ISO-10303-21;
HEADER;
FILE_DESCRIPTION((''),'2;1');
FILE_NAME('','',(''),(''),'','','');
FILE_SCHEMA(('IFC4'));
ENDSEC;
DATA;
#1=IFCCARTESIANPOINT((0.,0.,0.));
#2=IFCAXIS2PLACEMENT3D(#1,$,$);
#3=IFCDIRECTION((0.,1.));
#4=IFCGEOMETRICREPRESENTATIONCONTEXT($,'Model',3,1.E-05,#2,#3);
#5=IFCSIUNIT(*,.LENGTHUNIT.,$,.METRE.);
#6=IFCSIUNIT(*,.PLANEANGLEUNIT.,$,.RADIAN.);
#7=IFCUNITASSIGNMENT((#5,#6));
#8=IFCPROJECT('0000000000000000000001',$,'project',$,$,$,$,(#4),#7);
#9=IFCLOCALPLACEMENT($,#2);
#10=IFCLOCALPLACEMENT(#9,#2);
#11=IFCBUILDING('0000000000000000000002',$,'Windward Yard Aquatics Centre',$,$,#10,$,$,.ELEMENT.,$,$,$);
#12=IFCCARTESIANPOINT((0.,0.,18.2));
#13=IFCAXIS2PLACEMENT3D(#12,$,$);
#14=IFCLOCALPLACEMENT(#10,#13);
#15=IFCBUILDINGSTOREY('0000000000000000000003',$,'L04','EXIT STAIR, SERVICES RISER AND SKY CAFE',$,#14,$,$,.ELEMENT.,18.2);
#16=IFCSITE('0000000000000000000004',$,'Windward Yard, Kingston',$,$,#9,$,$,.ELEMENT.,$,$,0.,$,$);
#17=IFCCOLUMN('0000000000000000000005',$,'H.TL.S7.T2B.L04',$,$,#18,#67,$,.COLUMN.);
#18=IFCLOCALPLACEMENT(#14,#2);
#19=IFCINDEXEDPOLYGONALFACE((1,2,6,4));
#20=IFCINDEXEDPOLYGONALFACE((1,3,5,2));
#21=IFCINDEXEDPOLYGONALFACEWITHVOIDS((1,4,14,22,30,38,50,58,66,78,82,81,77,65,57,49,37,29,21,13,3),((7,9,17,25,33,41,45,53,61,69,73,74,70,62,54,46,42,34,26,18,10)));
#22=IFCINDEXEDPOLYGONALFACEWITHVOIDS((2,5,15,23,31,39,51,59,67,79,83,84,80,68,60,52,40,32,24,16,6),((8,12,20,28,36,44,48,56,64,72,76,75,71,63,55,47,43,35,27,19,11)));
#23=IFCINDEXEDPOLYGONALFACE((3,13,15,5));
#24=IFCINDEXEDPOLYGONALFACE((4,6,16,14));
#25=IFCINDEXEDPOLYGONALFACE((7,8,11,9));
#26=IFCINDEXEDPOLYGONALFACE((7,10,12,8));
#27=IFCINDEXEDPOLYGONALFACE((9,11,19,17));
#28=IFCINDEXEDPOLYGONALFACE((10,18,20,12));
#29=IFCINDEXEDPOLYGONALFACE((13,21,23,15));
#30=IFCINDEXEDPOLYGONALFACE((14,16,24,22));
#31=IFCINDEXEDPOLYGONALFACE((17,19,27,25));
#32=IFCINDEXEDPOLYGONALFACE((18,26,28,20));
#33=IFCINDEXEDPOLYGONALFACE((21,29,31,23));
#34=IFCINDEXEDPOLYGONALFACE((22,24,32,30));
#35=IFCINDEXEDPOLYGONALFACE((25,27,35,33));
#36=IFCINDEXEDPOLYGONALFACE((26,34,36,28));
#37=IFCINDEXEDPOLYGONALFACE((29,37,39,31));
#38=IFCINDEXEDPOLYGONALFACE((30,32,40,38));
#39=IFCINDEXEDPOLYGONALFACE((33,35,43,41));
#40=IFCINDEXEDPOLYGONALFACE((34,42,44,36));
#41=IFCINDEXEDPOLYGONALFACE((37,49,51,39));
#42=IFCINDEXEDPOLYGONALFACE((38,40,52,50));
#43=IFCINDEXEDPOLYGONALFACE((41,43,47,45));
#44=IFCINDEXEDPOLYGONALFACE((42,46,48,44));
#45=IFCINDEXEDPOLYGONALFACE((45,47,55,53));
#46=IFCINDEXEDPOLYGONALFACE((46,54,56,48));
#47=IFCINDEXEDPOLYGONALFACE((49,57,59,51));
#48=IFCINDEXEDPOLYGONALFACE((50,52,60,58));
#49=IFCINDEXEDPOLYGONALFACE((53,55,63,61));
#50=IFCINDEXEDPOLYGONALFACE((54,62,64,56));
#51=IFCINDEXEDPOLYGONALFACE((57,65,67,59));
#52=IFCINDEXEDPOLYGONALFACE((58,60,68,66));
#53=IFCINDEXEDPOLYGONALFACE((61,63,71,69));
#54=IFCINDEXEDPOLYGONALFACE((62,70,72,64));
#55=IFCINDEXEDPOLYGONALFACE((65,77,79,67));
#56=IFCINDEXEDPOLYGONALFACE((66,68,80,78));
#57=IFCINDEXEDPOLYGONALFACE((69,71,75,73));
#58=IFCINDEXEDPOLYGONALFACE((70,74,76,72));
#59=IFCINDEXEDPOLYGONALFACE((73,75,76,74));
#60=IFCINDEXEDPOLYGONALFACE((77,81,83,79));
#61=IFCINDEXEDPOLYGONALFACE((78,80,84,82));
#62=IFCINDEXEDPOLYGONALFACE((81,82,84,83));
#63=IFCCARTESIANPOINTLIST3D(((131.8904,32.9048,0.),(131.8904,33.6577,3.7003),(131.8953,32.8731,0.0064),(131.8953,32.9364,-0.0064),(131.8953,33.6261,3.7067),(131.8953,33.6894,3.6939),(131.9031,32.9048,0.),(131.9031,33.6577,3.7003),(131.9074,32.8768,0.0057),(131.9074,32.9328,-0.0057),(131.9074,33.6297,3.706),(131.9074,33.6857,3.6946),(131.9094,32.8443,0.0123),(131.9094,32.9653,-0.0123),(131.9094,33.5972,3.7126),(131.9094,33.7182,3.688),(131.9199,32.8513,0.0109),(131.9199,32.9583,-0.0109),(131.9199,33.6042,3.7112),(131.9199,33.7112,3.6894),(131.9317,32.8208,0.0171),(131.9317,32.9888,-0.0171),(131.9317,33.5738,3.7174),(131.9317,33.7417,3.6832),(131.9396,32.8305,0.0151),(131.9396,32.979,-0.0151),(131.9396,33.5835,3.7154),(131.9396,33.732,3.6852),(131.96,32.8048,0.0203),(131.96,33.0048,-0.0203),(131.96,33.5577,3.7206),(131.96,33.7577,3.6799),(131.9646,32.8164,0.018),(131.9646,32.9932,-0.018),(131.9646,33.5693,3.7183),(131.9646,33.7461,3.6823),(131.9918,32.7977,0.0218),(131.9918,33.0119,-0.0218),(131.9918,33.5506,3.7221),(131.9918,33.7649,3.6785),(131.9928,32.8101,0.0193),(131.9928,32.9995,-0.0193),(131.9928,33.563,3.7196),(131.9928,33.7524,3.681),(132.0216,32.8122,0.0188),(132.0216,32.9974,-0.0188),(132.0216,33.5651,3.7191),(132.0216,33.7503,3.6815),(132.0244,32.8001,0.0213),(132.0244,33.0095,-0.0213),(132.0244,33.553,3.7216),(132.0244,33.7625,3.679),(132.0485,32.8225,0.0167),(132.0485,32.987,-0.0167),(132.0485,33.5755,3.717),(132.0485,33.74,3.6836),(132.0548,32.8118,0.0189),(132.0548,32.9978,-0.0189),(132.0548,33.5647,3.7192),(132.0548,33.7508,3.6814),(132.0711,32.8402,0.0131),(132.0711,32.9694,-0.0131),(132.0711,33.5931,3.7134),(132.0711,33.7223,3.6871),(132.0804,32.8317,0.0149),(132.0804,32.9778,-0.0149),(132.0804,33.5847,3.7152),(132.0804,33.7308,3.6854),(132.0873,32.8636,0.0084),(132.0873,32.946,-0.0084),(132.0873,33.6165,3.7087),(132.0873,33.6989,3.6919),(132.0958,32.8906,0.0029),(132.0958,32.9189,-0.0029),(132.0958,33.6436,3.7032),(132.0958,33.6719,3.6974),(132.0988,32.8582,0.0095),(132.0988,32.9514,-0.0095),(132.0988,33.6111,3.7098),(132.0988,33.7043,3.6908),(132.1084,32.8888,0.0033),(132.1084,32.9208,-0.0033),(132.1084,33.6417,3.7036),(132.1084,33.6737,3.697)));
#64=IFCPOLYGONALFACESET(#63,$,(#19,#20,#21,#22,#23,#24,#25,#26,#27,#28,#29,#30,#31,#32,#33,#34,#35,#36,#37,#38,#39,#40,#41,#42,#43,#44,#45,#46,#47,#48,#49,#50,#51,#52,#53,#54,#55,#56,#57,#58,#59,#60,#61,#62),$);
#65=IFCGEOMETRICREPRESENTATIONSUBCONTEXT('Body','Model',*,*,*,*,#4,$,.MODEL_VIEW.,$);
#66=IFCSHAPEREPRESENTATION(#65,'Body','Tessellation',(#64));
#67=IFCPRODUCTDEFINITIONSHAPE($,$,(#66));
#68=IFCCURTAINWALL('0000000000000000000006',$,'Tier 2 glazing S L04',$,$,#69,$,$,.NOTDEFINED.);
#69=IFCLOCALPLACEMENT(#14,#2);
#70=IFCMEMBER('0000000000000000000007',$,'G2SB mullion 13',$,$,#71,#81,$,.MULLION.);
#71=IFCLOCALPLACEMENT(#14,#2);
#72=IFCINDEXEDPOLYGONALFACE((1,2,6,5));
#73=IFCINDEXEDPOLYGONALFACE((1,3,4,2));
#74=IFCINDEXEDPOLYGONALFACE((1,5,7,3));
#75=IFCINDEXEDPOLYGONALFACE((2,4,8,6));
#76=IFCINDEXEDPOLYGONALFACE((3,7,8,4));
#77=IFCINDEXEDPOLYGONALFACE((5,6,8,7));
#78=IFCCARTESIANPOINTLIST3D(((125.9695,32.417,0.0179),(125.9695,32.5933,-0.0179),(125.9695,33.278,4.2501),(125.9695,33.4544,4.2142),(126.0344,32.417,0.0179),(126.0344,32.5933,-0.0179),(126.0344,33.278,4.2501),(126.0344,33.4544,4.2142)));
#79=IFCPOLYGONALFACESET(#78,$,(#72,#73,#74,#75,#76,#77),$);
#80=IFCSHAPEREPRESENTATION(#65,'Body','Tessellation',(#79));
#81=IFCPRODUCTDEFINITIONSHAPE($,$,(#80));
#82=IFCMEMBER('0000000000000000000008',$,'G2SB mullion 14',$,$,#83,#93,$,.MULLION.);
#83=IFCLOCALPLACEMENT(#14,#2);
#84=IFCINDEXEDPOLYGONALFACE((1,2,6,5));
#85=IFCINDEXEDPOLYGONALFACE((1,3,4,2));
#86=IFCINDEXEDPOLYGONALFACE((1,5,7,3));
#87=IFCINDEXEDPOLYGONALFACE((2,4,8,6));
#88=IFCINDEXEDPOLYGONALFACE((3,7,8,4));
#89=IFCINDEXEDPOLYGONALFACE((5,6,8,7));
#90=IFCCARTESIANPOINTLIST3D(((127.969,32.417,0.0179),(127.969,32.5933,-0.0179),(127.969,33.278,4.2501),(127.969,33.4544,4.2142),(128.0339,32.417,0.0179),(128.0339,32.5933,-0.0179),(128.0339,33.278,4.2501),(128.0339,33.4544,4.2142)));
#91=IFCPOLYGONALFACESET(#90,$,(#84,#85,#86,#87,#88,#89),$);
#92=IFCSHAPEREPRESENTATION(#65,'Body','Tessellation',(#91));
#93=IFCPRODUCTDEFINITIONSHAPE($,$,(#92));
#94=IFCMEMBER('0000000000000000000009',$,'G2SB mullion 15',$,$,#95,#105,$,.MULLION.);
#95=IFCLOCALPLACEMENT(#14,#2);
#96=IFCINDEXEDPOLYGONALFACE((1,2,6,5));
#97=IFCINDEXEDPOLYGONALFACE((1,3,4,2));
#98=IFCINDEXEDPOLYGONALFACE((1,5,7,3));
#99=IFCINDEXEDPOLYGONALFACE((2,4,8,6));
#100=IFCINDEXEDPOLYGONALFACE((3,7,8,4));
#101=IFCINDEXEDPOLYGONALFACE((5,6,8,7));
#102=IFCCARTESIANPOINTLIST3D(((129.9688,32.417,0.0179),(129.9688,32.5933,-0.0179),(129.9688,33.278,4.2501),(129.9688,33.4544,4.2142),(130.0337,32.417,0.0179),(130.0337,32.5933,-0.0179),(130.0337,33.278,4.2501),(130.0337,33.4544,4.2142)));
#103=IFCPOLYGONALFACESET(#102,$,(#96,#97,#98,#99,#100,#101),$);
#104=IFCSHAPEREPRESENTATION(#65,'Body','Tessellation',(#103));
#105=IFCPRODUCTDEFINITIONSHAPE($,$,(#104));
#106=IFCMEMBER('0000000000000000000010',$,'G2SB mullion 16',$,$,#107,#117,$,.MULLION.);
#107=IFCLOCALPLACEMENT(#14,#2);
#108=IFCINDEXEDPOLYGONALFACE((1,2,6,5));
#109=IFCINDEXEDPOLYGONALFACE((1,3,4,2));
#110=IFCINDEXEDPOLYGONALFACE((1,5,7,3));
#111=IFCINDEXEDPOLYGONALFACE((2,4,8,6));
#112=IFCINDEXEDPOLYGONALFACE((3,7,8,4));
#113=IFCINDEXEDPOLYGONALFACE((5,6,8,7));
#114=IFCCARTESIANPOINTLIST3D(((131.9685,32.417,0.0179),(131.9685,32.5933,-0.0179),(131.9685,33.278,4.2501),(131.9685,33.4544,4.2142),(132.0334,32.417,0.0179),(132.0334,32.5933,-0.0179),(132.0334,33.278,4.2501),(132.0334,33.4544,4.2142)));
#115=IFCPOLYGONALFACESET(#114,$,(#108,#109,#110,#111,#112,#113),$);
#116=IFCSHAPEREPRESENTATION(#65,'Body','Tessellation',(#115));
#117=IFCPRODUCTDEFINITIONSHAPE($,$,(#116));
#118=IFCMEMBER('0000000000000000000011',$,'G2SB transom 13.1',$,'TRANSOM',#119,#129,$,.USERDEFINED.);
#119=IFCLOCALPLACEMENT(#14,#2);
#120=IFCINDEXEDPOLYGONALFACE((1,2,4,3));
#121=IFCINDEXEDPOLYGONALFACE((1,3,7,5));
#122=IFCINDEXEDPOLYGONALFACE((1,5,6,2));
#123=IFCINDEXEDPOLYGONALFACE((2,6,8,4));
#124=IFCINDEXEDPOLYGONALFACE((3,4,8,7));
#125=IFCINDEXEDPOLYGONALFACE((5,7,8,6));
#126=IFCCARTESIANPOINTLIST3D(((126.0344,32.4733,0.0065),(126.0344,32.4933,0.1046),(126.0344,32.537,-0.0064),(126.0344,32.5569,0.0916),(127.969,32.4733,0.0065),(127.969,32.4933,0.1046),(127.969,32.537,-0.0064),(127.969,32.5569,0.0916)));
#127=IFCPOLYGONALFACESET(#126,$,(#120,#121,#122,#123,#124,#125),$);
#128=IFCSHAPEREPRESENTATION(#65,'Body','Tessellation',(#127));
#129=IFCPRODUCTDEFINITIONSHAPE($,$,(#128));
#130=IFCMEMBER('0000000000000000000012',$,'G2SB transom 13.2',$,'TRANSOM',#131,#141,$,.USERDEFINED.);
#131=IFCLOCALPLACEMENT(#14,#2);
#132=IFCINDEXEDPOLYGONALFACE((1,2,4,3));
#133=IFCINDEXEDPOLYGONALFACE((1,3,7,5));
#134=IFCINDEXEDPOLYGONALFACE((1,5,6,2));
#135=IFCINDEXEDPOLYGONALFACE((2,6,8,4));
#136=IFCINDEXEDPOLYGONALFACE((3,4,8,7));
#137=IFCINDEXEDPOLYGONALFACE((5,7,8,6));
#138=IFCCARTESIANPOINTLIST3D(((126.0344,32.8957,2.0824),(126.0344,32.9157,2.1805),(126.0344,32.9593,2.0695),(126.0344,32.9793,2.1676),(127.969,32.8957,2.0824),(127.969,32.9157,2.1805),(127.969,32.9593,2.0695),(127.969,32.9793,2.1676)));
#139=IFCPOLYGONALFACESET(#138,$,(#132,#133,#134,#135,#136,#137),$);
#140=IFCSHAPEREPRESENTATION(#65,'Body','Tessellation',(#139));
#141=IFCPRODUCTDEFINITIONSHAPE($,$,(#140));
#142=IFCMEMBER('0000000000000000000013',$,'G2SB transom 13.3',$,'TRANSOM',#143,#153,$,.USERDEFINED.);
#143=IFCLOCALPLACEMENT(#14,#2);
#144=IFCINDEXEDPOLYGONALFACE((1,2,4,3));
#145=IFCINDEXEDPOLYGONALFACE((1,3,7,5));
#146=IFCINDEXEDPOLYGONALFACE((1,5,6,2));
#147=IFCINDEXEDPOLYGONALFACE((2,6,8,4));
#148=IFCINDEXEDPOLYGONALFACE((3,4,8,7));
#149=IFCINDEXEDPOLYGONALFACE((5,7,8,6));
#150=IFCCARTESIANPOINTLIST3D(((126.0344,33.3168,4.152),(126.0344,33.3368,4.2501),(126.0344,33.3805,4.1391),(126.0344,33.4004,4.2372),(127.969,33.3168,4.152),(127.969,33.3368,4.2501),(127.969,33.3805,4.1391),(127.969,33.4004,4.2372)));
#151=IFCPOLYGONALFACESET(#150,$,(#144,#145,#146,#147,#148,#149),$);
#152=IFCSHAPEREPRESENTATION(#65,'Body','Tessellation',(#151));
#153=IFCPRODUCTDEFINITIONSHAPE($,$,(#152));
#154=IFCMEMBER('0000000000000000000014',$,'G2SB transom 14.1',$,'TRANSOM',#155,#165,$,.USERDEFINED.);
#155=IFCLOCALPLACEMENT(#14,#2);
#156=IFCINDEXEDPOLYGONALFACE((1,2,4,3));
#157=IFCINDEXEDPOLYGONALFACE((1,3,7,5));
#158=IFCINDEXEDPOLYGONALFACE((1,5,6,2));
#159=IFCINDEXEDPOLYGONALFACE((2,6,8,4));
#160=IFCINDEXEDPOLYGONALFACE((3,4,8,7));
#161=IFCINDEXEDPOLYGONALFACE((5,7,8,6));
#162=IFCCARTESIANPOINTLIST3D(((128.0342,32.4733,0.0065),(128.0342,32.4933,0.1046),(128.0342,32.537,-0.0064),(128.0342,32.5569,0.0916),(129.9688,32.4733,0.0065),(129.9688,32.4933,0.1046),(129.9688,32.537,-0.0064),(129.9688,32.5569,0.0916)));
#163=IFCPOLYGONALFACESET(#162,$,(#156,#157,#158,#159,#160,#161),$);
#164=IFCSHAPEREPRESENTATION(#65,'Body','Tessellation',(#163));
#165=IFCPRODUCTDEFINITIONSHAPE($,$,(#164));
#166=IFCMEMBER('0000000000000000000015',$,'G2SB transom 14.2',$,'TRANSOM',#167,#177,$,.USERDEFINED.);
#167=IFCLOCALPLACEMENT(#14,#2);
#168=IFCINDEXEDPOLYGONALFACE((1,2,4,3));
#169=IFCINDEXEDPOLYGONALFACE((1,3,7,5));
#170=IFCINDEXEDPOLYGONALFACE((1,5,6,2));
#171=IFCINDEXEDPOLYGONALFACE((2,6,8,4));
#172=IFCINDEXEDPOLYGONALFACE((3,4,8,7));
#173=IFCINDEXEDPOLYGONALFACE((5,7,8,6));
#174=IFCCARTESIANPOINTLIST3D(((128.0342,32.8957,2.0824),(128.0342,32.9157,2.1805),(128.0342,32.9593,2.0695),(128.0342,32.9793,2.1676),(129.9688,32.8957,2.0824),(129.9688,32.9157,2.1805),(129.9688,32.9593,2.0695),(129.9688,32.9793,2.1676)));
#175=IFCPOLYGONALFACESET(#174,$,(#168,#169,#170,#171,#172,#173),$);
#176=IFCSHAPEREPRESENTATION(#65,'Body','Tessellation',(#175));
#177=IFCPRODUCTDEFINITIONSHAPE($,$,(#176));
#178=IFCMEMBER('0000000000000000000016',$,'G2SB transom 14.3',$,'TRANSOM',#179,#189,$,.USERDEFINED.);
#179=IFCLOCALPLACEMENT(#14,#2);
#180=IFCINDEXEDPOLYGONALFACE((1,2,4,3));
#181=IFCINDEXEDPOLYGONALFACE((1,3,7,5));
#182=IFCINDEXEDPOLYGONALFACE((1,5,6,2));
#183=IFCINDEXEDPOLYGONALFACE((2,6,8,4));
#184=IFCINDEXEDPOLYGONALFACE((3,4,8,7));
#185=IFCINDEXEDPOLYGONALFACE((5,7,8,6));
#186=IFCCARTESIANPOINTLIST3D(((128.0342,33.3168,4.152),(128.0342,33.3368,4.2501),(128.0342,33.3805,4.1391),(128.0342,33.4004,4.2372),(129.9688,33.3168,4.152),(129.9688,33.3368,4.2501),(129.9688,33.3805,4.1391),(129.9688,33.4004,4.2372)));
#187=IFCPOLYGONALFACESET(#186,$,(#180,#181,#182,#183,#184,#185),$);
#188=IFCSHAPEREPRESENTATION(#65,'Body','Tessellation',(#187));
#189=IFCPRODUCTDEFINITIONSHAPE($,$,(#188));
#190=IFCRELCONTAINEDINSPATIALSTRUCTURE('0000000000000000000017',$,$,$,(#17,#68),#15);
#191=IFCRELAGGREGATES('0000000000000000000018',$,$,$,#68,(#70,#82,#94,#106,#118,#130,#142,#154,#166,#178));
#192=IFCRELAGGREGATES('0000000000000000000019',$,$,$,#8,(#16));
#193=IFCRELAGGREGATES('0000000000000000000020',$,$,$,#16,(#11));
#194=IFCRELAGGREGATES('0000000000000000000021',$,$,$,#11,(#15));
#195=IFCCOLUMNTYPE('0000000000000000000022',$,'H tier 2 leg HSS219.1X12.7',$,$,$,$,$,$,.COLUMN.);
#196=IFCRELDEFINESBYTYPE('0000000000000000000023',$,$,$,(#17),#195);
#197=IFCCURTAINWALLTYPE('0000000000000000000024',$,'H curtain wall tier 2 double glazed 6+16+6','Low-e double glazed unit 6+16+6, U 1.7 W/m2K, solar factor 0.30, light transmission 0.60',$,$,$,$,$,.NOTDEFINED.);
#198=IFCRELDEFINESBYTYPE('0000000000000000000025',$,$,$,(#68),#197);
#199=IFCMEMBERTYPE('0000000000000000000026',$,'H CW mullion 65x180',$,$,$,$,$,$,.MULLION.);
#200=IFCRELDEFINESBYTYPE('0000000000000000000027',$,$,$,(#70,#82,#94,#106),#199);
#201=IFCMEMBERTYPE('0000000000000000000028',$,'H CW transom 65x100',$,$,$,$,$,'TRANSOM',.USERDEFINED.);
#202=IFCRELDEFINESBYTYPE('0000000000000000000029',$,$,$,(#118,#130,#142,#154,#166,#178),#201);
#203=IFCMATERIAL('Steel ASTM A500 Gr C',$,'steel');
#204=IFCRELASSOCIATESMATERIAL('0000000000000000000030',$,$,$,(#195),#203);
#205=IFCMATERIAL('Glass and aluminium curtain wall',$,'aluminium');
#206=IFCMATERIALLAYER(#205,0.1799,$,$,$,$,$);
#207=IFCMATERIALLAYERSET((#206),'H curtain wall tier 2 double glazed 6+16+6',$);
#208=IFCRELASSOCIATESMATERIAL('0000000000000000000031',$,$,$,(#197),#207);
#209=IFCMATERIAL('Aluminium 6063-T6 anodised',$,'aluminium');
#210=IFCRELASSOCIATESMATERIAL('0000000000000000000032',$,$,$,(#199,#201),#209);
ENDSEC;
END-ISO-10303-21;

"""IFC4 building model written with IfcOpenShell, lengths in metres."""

from ifc_helpers import new_model, si_unit, direction, frame, origin, origin_2d, place, context, subcontext, project, spatial, rectangle, hollow_circle, extrude, material, layer, layer_set, material_profile, profile_set, type_object, element, aggregate, save


model = new_model("IFC4")

# Units and contexts
model_context = context("Model", 3, precision=1e-05, world=origin(), true_north=direction((0.0, 1.0)))
body_context = subcontext(model_context, "Body", "Model", "MODEL_VIEW")
ifc_project = project(units=[si_unit("LENGTHUNIT", "METRE"), si_unit("PLANEANGLEUNIT", "RADIAN")], contexts=[model_context])

# Site, building, storey
site_placement = place(None, origin())
site = spatial("IfcSite", under=ifc_project, at=site_placement, Name="Windward Yard, Kingston", CompositionType="ELEMENT", RefElevation=0.0)
building_placement = place(site_placement, origin())
building = spatial("IfcBuilding", under=site, at=building_placement, Name="Windward Yard Aquatics Centre", CompositionType="ELEMENT")
storey_placement = place(building_placement, frame((0.0, 0.0, 18.2)))
storey = spatial("IfcBuildingStorey", under=building, at=storey_placement, Name="L04", Description="EXIT STAIR, SERVICES RISER AND SKY CAFE", CompositionType="ELEMENT", Elevation=18.2)

# Column
ifc_material_1 = material(Name="Steel ASTM A500 Gr C", Category="steel")
ifc_material_profile_1 = material_profile(ifc_material_1, hollow_circle(Radius=0.1096, WallThickness=0.0127, at=origin_2d()), Name="HSS219.1X12.7")
ifc_profile_set_1 = profile_set([ifc_material_profile_1], Name="Steel ASTM A500 Gr C")
column_type = type_object("IfcColumnType", Name="H tier 2 leg HSS219.1X12.7", PredefinedType="COLUMN", material=ifc_profile_set_1)
column_placement = place(storey_placement, frame((132.0, 32.9048, 0.0), z_axis=(0.0, 0.199398, 0.979919), x_axis=(-1.0, 0.0, 0.0)))
element("IfcColumn", 1, at=column_placement, inside=storey, type_object=column_type, Name="H.TL.S7.T2B.L04", PredefinedType="COLUMN", context=body_context, shape_type="SweptSolid", body=[
    extrude(hollow_circle(Radius=0.1096, WallThickness=0.0127, at=origin_2d()), origin(), (0.0, 0.0, 1.0), 3.7761),
])

# Curtain wall, members
ifc_material_2 = material(Name="Glass and aluminium curtain wall", Category="aluminium")
ifc_layer_1 = layer(ifc_material_2, 0.1799)
ifc_layer_set_1 = layer_set([ifc_layer_1], Name="H curtain wall tier 2 double glazed 6+16+6")
curtain_wall_type = type_object("IfcCurtainWallType", Name="H curtain wall tier 2 double glazed 6+16+6", Description="Low-e double glazed unit 6+16+6, U 1.7 W/m2K, solar factor 0.30, light transmission 0.60", PredefinedType="NOTDEFINED", material=ifc_layer_set_1)
curtain_wall_placement = place(storey_placement, origin())
curtain_wall = element("IfcCurtainWall", 2, at=curtain_wall_placement, inside=storey, type_object=curtain_wall_type, Name="Tier 2 glazing S L04", PredefinedType="NOTDEFINED")
ifc_material_3 = material(Name="Aluminium 6063-T6 anodised", Category="aluminium")
ifc_material_profile_2 = material_profile(ifc_material_3, rectangle(XDim=0.0649, YDim=0.1799, at=origin_2d()), Name="H CW mullion 65x180")
ifc_profile_set_2 = profile_set([ifc_material_profile_2], Name="Aluminium 6063-T6 anodised")
member_type_1 = type_object("IfcMemberType", Name="H CW mullion 65x180", PredefinedType="MULLION", material=ifc_profile_set_2)
member_1_placement = place(storey_placement, frame((126.002, 32.5051, 0.0), z_axis=(0.0, 0.199376, 0.979923), x_axis=(-1.0, 0.0, 0.0)))
member_1 = element("IfcMember", 3, at=member_1_placement, type_object=member_type_1, Name="G2SB mullion 13", PredefinedType="MULLION", context=body_context, shape_type="SweptSolid", body=[
    extrude(rectangle(XDim=0.0649, YDim=0.1799, at=origin_2d()), origin(), (0.0, 0.0, 1.0), 4.3188),
])
member_2_placement = place(storey_placement, frame((128.0015, 32.5051, 0.0), z_axis=(0.0, 0.199376, 0.979923), x_axis=(-1.0, 0.0, 0.0)))
member_2 = element("IfcMember", 4, at=member_2_placement, type_object=member_type_1, Name="G2SB mullion 14", PredefinedType="MULLION", context=body_context, shape_type="SweptSolid", body=[
    extrude(rectangle(XDim=0.0649, YDim=0.1799, at=origin_2d()), origin(), (0.0, 0.0, 1.0), 4.3188),
])
member_3_placement = place(storey_placement, frame((130.0012, 32.5051, 0.0), z_axis=(0.0, 0.199376, 0.979923), x_axis=(-1.0, 0.0, 0.0)))
member_3 = element("IfcMember", 5, at=member_3_placement, type_object=member_type_1, Name="G2SB mullion 15", PredefinedType="MULLION", context=body_context, shape_type="SweptSolid", body=[
    extrude(rectangle(XDim=0.0649, YDim=0.1799, at=origin_2d()), origin(), (0.0, 0.0, 1.0), 4.3188),
])
member_4_placement = place(storey_placement, frame((132.001, 32.5051, 0.0), z_axis=(0.0, 0.199376, 0.979923), x_axis=(-1.0, 0.0, 0.0)))
member_4 = element("IfcMember", 6, at=member_4_placement, type_object=member_type_1, Name="G2SB mullion 16", PredefinedType="MULLION", context=body_context, shape_type="SweptSolid", body=[
    extrude(rectangle(XDim=0.0649, YDim=0.1799, at=origin_2d()), origin(), (0.0, 0.0, 1.0), 4.3188),
])
ifc_material_profile_3 = material_profile(ifc_material_3, rectangle(XDim=0.0649, YDim=0.1001, at=origin_2d()), Name="H CW transom 65x100")
ifc_profile_set_3 = profile_set([ifc_material_profile_3], Name="Aluminium 6063-T6 anodised")
member_type_2 = type_object("IfcMemberType", Name="H CW transom 65x100", ElementType="TRANSOM", PredefinedType="USERDEFINED", material=ifc_profile_set_3)
member_5_placement = place(storey_placement, frame((126.0344, 32.5151, 0.0491), z_axis=(1.0, 0.0, 0.0), x_axis=(0.0, -0.979925, 0.199368)))
member_5 = element("IfcMember", 7, at=member_5_placement, type_object=member_type_2, Name="G2SB transom 13.1", ObjectType="TRANSOM", PredefinedType="USERDEFINED", context=body_context, shape_type="SweptSolid", body=[
    extrude(rectangle(XDim=0.0649, YDim=0.1001, at=origin_2d()), origin(), (0.0, 0.0, 1.0), 1.9346),
])
member_6_placement = place(storey_placement, frame((126.0344, 32.9375, 2.125), z_axis=(1.0, 0.0, 0.0), x_axis=(0.0, -0.979925, 0.199368)))
member_6 = element("IfcMember", 8, at=member_6_placement, type_object=member_type_2, Name="G2SB transom 13.2", ObjectType="TRANSOM", PredefinedType="USERDEFINED", context=body_context, shape_type="SweptSolid", body=[
    extrude(rectangle(XDim=0.0649, YDim=0.1001, at=origin_2d()), origin(), (0.0, 0.0, 1.0), 1.9346),
])
member_7_placement = place(storey_placement, frame((126.0344, 33.3586, 4.1946), z_axis=(1.0, 0.0, 0.0), x_axis=(0.0, -0.979925, 0.199368)))
member_7 = element("IfcMember", 9, at=member_7_placement, type_object=member_type_2, Name="G2SB transom 13.3", ObjectType="TRANSOM", PredefinedType="USERDEFINED", context=body_context, shape_type="SweptSolid", body=[
    extrude(rectangle(XDim=0.0649, YDim=0.1001, at=origin_2d()), origin(), (0.0, 0.0, 1.0), 1.9346),
])
member_8_placement = place(storey_placement, frame((128.0342, 32.5151, 0.0491), z_axis=(1.0, 0.0, 0.0), x_axis=(0.0, -0.979925, 0.199368)))
member_8 = element("IfcMember", 10, at=member_8_placement, type_object=member_type_2, Name="G2SB transom 14.1", ObjectType="TRANSOM", PredefinedType="USERDEFINED", context=body_context, shape_type="SweptSolid", body=[
    extrude(rectangle(XDim=0.0649, YDim=0.1001, at=origin_2d()), origin(), (0.0, 0.0, 1.0), 1.9346),
])
member_9_placement = place(storey_placement, frame((128.0342, 32.9375, 2.125), z_axis=(1.0, 0.0, 0.0), x_axis=(0.0, -0.979925, 0.199368)))
member_9 = element("IfcMember", 11, at=member_9_placement, type_object=member_type_2, Name="G2SB transom 14.2", ObjectType="TRANSOM", PredefinedType="USERDEFINED", context=body_context, shape_type="SweptSolid", body=[
    extrude(rectangle(XDim=0.0649, YDim=0.1001, at=origin_2d()), origin(), (0.0, 0.0, 1.0), 1.9346),
])
member_10_placement = place(storey_placement, frame((128.0342, 33.3586, 4.1946), z_axis=(1.0, 0.0, 0.0), x_axis=(0.0, -0.979925, 0.199368)))
member_10 = element("IfcMember", 12, at=member_10_placement, type_object=member_type_2, Name="G2SB transom 14.3", ObjectType="TRANSOM", PredefinedType="USERDEFINED", context=body_context, shape_type="SweptSolid", body=[
    extrude(rectangle(XDim=0.0649, YDim=0.1001, at=origin_2d()), origin(), (0.0, 0.0, 1.0), 1.9346),
])
aggregate(curtain_wall, [member_1, member_2, member_3, member_4, member_5, member_6, member_7, member_8, member_9, member_10])

save(model, "model.ifc")
